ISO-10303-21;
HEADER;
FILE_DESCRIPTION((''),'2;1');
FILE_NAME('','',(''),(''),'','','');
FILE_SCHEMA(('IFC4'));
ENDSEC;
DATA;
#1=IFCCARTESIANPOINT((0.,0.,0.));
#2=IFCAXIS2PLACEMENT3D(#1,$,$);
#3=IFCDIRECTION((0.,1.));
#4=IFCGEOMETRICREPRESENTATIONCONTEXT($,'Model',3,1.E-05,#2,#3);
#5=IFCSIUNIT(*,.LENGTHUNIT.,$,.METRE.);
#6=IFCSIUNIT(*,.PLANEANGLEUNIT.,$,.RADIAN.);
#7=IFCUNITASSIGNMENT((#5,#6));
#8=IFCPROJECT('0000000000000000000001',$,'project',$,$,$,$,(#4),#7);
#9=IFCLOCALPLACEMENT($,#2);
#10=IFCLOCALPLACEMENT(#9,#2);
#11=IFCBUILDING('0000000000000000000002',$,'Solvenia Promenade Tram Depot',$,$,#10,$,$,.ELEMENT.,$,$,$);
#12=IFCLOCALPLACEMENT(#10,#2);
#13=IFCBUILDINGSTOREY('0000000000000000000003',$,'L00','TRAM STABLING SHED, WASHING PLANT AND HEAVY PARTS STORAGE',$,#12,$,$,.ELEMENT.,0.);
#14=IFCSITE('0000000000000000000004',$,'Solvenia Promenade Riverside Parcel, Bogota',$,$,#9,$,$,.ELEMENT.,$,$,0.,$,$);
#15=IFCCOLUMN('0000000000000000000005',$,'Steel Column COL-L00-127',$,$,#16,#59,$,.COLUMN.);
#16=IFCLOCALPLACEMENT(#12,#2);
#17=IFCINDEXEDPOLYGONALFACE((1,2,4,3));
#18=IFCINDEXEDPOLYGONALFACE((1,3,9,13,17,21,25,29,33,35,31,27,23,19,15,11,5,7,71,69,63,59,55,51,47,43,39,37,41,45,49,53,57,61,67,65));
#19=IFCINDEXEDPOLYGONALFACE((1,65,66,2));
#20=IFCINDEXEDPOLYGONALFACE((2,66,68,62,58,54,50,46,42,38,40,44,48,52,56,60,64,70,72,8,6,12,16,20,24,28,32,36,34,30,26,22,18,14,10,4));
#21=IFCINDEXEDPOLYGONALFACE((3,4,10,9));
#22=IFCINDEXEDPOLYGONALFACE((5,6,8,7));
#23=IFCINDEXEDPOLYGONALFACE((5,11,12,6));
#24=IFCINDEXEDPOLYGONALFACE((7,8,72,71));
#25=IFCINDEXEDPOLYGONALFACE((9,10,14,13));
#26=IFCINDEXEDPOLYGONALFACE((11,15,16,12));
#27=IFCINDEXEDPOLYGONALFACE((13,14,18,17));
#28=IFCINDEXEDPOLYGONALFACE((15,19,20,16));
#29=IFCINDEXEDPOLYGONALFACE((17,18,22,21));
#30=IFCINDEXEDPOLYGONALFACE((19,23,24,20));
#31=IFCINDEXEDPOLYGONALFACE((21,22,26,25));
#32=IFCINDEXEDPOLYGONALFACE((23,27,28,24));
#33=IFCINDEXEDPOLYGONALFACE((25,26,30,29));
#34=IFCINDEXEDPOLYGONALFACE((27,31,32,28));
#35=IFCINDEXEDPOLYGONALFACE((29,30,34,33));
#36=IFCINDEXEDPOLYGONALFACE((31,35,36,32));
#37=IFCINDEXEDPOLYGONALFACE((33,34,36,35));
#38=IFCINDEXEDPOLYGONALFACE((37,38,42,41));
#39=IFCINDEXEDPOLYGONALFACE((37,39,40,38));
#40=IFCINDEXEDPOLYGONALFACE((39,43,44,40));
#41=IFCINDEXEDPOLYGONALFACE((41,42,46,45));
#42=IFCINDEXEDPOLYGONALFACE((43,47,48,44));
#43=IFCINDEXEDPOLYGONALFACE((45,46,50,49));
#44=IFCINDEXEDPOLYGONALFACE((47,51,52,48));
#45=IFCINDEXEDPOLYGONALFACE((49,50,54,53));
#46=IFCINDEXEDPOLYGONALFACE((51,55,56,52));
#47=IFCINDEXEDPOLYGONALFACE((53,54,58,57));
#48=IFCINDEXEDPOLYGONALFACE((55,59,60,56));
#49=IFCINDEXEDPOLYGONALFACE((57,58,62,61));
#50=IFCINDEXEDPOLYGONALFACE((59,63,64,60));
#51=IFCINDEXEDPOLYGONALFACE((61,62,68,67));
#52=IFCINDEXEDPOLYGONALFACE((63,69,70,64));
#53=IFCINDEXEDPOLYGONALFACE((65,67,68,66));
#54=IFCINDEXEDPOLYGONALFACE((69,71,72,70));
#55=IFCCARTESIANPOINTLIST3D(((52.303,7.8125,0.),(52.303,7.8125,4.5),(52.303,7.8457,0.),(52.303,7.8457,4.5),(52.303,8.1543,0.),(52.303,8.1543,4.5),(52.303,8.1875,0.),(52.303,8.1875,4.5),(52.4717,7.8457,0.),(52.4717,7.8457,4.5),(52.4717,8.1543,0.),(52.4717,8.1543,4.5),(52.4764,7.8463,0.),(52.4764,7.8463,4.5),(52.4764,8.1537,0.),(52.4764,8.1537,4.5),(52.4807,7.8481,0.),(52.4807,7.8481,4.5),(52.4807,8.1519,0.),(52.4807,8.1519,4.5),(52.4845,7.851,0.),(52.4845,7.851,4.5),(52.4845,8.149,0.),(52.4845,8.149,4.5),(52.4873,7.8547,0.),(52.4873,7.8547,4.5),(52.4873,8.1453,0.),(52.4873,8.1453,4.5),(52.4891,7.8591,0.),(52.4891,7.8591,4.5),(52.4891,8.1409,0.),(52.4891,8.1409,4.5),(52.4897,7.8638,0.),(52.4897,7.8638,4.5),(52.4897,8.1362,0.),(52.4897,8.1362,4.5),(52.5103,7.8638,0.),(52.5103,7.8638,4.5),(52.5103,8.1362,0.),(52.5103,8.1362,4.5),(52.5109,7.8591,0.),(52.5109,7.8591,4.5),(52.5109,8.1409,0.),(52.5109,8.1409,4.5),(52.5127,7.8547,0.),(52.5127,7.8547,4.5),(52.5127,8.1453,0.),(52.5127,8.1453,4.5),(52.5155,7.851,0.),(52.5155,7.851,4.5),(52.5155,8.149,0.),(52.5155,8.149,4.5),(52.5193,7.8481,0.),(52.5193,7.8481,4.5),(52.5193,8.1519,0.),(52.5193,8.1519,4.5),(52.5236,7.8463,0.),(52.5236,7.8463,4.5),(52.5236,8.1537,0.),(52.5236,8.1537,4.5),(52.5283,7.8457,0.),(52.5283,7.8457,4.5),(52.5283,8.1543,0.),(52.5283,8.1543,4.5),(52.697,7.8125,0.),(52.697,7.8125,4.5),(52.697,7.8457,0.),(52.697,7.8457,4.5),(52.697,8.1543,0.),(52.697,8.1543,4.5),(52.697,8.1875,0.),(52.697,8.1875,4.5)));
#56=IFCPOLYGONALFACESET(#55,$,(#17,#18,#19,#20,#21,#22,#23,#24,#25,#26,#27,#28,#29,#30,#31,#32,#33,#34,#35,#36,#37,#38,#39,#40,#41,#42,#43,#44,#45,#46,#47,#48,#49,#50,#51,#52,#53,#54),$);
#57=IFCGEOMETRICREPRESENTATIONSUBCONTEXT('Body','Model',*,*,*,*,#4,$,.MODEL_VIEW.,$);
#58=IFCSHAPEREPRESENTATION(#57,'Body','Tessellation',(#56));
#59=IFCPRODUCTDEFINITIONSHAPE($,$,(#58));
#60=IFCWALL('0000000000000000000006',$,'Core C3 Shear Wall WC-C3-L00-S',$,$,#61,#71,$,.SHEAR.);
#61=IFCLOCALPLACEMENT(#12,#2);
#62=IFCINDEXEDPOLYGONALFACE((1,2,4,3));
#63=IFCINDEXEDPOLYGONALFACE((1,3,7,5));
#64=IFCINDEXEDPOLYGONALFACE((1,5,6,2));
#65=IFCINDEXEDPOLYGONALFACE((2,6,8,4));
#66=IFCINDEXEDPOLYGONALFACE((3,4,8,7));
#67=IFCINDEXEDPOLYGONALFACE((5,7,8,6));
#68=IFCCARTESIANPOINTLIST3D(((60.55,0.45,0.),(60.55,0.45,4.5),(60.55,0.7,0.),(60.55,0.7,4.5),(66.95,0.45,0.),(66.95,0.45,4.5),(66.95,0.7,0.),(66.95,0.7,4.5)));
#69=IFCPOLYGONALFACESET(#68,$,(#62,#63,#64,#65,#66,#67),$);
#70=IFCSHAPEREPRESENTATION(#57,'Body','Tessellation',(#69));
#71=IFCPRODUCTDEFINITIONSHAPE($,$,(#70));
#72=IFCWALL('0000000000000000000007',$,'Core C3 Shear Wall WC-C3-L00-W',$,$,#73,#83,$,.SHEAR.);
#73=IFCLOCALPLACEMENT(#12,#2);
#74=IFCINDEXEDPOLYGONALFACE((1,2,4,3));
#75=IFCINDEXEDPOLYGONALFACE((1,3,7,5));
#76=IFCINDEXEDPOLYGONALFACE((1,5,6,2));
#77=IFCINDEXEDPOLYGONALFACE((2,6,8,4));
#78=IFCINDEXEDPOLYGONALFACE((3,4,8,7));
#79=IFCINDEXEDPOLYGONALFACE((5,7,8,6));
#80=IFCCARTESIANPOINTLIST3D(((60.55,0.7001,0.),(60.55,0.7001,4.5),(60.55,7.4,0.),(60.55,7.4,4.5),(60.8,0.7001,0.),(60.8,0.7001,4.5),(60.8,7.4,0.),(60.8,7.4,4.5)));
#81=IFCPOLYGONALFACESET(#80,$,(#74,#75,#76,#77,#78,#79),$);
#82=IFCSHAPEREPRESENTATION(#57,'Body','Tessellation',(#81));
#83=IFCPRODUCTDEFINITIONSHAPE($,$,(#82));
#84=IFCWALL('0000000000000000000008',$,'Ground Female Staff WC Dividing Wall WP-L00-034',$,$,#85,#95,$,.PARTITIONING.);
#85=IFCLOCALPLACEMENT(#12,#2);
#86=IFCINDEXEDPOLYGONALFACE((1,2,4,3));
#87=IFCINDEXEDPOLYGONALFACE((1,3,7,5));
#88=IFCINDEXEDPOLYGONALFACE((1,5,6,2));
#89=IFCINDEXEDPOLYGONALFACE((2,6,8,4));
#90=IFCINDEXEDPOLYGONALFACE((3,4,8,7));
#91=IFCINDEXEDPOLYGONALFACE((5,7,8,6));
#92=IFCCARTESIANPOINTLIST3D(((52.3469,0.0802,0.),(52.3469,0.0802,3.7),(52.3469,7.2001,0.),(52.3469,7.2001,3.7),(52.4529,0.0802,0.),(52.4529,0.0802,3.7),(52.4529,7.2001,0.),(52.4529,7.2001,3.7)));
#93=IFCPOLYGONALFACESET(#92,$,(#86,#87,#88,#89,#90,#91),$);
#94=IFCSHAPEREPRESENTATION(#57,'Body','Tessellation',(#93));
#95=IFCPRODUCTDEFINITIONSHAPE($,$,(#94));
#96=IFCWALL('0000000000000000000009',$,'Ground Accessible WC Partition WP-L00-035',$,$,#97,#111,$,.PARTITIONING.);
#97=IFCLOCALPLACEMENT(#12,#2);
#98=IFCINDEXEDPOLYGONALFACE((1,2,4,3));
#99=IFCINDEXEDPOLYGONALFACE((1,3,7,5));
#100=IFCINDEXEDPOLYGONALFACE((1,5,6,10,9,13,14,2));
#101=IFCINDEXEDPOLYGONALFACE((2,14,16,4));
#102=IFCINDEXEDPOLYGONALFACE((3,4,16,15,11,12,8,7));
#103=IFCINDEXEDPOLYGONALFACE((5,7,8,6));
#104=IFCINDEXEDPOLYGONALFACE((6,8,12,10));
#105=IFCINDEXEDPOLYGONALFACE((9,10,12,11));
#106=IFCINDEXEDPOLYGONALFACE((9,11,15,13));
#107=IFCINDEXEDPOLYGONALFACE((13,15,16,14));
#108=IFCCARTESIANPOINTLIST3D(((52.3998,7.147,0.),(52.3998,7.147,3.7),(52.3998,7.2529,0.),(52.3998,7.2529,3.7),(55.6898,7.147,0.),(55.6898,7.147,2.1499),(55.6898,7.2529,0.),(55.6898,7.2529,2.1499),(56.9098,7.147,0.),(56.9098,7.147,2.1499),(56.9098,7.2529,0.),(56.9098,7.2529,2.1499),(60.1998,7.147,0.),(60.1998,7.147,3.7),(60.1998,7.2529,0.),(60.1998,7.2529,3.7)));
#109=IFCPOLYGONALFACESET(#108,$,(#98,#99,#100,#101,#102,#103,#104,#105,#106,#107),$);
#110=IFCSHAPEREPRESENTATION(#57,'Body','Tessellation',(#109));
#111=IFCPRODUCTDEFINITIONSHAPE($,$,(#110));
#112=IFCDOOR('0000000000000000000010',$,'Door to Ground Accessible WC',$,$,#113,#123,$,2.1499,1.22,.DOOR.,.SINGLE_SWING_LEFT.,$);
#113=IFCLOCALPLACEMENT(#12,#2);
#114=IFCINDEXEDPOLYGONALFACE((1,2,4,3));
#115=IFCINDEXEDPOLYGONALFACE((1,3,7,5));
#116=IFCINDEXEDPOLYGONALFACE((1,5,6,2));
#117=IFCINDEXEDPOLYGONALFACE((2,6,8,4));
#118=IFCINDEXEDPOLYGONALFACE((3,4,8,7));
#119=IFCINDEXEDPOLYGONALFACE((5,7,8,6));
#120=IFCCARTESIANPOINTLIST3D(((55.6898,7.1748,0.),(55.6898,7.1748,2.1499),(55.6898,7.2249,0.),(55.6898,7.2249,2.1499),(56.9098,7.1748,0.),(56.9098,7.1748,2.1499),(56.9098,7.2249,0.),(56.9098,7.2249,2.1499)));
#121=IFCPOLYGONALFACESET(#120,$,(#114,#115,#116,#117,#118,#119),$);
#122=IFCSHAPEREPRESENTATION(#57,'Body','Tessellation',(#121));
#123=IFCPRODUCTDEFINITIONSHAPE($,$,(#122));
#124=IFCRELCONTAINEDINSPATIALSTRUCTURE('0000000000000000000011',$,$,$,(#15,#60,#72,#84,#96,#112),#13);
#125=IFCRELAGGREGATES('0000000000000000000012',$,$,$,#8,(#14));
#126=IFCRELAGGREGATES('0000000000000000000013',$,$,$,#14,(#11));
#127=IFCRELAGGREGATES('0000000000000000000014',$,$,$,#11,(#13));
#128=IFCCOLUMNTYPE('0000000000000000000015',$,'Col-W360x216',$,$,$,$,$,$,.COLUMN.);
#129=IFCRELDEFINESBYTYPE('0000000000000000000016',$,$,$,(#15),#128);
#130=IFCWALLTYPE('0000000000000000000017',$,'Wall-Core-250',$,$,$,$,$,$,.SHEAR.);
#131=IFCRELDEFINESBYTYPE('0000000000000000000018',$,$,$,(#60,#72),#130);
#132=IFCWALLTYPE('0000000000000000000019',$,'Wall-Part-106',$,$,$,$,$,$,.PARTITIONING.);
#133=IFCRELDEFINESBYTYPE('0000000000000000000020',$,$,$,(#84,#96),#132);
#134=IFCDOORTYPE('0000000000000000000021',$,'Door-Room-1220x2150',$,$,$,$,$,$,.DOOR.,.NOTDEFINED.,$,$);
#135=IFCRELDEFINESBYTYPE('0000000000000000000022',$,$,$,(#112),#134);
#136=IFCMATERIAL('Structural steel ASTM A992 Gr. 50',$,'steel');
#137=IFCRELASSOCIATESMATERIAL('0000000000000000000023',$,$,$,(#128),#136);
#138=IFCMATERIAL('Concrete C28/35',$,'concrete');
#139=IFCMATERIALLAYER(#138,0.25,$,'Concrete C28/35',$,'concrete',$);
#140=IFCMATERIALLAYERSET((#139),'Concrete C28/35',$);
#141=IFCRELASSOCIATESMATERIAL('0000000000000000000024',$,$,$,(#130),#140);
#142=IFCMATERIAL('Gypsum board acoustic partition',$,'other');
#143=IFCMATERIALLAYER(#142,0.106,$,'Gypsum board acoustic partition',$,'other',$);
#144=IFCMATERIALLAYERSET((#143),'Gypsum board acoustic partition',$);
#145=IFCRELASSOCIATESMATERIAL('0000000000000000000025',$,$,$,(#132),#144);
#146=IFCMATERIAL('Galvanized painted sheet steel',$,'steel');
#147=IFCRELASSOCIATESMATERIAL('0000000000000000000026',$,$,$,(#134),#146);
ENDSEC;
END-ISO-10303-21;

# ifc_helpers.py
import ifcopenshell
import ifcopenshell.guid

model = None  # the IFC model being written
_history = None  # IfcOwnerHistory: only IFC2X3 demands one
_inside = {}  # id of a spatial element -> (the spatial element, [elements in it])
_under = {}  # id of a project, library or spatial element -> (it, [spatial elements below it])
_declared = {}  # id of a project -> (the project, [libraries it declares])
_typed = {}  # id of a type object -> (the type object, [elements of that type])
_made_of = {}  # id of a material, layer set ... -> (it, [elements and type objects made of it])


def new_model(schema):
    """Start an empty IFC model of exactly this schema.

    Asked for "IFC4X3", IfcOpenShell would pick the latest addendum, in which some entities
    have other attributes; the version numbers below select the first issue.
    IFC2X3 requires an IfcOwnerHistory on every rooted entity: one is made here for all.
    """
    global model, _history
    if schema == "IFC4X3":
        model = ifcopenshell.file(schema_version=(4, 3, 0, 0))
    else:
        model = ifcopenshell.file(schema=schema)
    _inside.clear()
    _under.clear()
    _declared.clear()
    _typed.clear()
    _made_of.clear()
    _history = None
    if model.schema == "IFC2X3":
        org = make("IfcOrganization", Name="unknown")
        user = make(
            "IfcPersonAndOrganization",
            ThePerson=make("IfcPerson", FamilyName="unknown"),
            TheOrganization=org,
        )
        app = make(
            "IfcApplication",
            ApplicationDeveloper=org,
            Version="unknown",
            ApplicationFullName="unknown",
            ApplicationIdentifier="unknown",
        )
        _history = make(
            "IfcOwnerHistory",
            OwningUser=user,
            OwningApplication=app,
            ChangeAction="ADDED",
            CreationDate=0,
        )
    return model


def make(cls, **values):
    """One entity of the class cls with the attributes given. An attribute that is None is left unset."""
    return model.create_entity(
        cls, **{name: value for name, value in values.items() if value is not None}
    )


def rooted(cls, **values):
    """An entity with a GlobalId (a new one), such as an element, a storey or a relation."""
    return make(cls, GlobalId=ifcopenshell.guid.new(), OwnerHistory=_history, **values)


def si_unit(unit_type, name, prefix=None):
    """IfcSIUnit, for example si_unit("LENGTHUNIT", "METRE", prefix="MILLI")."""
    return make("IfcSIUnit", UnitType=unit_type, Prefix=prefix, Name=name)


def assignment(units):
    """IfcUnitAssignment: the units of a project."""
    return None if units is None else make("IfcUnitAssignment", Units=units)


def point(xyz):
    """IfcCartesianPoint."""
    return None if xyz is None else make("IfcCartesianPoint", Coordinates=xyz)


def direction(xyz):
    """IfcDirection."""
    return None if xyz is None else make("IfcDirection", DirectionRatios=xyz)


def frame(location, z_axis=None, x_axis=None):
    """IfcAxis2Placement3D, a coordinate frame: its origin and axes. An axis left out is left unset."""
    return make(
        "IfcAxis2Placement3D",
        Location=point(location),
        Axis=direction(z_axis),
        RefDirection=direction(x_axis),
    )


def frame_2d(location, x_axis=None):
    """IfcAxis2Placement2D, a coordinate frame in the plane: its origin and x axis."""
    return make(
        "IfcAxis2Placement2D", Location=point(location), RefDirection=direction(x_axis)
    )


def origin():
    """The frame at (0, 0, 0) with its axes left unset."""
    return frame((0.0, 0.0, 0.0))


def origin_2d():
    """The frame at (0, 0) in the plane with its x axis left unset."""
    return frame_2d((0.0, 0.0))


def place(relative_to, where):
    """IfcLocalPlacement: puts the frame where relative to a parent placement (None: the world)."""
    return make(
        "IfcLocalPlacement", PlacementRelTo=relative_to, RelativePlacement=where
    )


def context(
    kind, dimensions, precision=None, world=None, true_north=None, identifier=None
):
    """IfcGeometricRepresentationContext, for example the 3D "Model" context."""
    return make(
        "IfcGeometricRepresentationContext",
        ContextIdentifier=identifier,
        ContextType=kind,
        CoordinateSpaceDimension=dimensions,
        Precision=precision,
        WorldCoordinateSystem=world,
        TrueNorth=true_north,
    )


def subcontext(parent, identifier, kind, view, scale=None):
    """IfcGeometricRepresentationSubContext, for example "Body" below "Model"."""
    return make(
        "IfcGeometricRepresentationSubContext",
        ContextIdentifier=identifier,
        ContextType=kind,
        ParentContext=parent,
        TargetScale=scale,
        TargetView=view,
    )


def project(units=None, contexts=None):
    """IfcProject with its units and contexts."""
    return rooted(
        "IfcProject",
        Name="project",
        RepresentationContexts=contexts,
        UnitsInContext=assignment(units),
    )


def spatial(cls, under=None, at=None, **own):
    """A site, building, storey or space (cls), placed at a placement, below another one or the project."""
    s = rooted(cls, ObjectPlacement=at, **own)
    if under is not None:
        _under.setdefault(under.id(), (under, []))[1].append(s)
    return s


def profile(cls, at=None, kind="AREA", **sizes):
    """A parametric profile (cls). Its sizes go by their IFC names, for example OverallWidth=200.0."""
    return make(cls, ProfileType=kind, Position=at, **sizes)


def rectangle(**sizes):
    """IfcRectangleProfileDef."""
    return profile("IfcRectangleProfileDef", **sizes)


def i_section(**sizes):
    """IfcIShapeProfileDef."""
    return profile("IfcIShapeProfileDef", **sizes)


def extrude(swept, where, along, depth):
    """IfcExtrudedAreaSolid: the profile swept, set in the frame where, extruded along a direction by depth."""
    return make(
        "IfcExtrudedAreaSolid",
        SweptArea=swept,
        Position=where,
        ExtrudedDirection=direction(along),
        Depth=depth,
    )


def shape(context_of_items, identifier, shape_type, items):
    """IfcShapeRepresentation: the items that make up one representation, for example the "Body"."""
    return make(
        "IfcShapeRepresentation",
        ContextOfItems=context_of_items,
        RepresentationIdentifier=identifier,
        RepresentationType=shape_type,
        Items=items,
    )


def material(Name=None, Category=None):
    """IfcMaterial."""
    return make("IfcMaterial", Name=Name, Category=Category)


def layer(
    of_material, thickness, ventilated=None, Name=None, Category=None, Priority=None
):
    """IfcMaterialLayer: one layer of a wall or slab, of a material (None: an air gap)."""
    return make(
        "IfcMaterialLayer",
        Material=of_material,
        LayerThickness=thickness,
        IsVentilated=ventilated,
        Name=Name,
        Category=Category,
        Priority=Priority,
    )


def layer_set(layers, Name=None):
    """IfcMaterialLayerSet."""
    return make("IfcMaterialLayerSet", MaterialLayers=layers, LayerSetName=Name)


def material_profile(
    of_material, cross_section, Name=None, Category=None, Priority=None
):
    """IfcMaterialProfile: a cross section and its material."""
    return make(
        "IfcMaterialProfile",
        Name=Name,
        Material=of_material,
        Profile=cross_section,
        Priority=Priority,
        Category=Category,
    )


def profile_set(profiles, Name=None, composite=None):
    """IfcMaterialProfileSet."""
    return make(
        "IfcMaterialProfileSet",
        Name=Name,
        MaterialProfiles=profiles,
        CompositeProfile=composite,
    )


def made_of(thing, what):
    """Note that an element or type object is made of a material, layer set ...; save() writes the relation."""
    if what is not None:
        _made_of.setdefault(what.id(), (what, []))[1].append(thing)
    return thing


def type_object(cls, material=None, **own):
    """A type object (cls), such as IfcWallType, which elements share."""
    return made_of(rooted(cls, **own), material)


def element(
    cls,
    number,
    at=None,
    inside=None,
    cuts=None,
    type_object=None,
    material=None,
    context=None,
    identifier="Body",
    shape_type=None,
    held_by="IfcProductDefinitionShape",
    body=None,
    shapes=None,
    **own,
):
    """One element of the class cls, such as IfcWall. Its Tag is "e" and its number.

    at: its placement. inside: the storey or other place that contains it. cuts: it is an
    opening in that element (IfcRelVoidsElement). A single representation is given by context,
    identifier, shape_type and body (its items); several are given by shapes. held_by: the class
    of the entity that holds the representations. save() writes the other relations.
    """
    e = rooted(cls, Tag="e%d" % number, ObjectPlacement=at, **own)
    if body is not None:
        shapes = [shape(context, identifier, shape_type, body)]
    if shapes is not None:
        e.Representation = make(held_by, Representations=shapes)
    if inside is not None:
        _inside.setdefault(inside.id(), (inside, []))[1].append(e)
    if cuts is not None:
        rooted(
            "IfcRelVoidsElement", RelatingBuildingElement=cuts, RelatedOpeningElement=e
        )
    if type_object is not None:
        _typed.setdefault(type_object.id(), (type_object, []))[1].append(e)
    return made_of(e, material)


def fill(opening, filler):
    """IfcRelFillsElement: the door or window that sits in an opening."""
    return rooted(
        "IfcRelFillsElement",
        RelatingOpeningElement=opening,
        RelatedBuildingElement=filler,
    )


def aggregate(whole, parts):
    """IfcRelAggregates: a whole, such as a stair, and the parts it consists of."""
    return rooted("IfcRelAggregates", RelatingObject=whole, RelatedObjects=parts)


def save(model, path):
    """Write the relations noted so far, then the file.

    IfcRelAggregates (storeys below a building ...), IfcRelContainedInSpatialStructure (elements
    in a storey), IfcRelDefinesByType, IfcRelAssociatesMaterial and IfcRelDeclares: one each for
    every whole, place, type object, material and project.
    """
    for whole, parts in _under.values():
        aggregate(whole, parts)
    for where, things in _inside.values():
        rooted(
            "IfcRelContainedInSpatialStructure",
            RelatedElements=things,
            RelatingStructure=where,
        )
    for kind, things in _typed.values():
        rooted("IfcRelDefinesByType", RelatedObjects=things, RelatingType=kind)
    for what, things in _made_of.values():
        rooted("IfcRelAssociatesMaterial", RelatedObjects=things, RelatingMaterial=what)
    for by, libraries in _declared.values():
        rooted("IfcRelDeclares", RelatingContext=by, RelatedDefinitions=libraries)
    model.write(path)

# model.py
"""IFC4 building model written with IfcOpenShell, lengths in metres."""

from ifc_helpers import new_model, si_unit, direction, frame, frame_2d, origin, origin_2d, place, context, subcontext, project, spatial, rectangle, i_section, extrude, material, layer, layer_set, material_profile, profile_set, type_object, element, fill, save


model = new_model("IFC4")

# Units and contexts
model_context = context("Model", 3, precision=1e-05, world=origin(), true_north=direction((0.0, 1.0)))
body_context = subcontext(model_context, "Body", "Model", "MODEL_VIEW")
ifc_project = project(units=[si_unit("LENGTHUNIT", "METRE"), si_unit("PLANEANGLEUNIT", "RADIAN")], contexts=[model_context])

# Site, building, storey
site_placement = place(None, origin())
site = spatial("IfcSite", under=ifc_project, at=site_placement, Name="Solvenia Promenade Riverside Parcel, Bogota", CompositionType="ELEMENT", RefElevation=0.0)
building_placement = place(site_placement, origin())
building = spatial("IfcBuilding", under=site, at=building_placement, Name="Solvenia Promenade Tram Depot", CompositionType="ELEMENT")
storey_placement = place(building_placement, origin())
storey = spatial("IfcBuildingStorey", under=building, at=storey_placement, Name="L00", Description="TRAM STABLING SHED, WASHING PLANT AND HEAVY PARTS STORAGE", CompositionType="ELEMENT", Elevation=0.0)

# Shared definitions
ifc_material_1 = material(Name="Concrete C28/35", Category="concrete")

# Column
ifc_material_2 = material(Name="Structural steel ASTM A992 Gr. 50", Category="steel")
ifc_material_profile_1 = material_profile(ifc_material_2, i_section(OverallWidth=0.394, OverallDepth=0.375, WebThickness=0.0205, FlangeThickness=0.0332, FilletRadius=0.0181, at=origin_2d()), Name="W360x216", Category="steel")
ifc_profile_set_1 = profile_set([ifc_material_profile_1], Name="Structural steel ASTM A992 Gr. 50")
column_type_1 = type_object("IfcColumnType", Name="Col-W360x216", PredefinedType="COLUMN", material=ifc_profile_set_1)
column_1_placement = place(storey_placement, frame((52.5, 8.0, 0.0), z_axis=(0.0, 0.0, 1.0), x_axis=(1.0, 0.0, 0.0)))
element("IfcColumn", 1, at=column_1_placement, inside=storey, type_object=column_type_1, Name="Steel Column COL-L00-127", PredefinedType="COLUMN", context=body_context, shape_type="SweptSolid", body=[
    extrude(i_section(OverallWidth=0.394, OverallDepth=0.375, WebThickness=0.0205, FlangeThickness=0.0332, FilletRadius=0.0181, at=origin_2d()), origin(), (0.0, 0.0, 1.0), 4.5),
])

# Wall
ifc_layer_1 = layer(ifc_material_1, 0.25, Name="Concrete C28/35", Category="concrete")
ifc_layer_set_1 = layer_set([ifc_layer_1], Name="Concrete C28/35")
wall_type_1 = type_object("IfcWallType", Name="Wall-Core-250", PredefinedType="SHEAR", material=ifc_layer_set_1)
wall_1_placement = place(storey_placement, frame((60.55, 0.575, 0.0), z_axis=(0.0, 0.0, 1.0), x_axis=(1.0, 0.0, 0.0)))
element("IfcWall", 2, at=wall_1_placement, inside=storey, type_object=wall_type_1, Name="Core C3 Shear Wall WC-C3-L00-S", PredefinedType="SHEAR", context=body_context, shape_type="SweptSolid", body=[
    extrude(rectangle(XDim=6.3999, YDim=0.25, at=frame_2d((3.2, 0.0))), origin(), (0.0, 0.0, 1.0), 4.5),
])

# Shared definitions
ifc_material_3 = material(Name="Galvanized painted sheet steel", Category="steel")

# Walls
wall_2_placement = place(storey_placement, frame((60.675, 0.7, 0.0), z_axis=(0.0, 0.0, 1.0), x_axis=(0.0, 1.0, 0.0)))
element("IfcWall", 3, at=wall_2_placement, inside=storey, type_object=wall_type_1, Name="Core C3 Shear Wall WC-C3-L00-W", PredefinedType="SHEAR", context=body_context, shape_type="SweptSolid", body=[
    extrude(rectangle(XDim=6.7, YDim=0.25, at=frame_2d((3.3501, 0.0))), origin(), (0.0, 0.0, 1.0), 4.5),
])
ifc_material_4 = material(Name="Gypsum board acoustic partition", Category="other")
ifc_layer_2 = layer(ifc_material_4, 0.106, Name="Gypsum board acoustic partition", Category="other")
ifc_layer_set_2 = layer_set([ifc_layer_2], Name="Gypsum board acoustic partition")
wall_type_2 = type_object("IfcWallType", Name="Wall-Part-106", PredefinedType="PARTITIONING", material=ifc_layer_set_2)
wall_3_placement = place(storey_placement, frame((52.3999, 0.0801, 0.0), z_axis=(0.0, 0.0, 1.0), x_axis=(0.0, 1.0, 0.0)))
element("IfcWall", 4, at=wall_3_placement, inside=storey, type_object=wall_type_2, Name="Ground Female Staff WC Dividing Wall WP-L00-034", PredefinedType="PARTITIONING", context=body_context, shape_type="SweptSolid", body=[
    extrude(rectangle(XDim=7.1199, YDim=0.106, at=frame_2d((3.5601, 0.0))), origin(), (0.0, 0.0, 1.0), 3.7),
])

# Wall, opening, door
wall_4_placement = place(storey_placement, frame((52.3999, 7.2, 0.0), z_axis=(0.0, 0.0, 1.0), x_axis=(1.0, 0.0, 0.0)))
wall_4 = element("IfcWall", 5, at=wall_4_placement, inside=storey, type_object=wall_type_2, Name="Ground Accessible WC Partition WP-L00-035", PredefinedType="PARTITIONING", context=body_context, shape_type="SweptSolid", body=[
    extrude(rectangle(XDim=7.8, YDim=0.106, at=frame_2d((3.8999, 0.0))), origin(), (0.0, 0.0, 1.0), 3.7),
])
opening_1_placement = place(wall_4_placement, frame((3.29, 0.0, 0.0)))
opening_1 = element("IfcOpeningElement", 6, at=opening_1_placement, cuts=wall_4, PredefinedType="OPENING", context=body_context, shape_type="SweptSolid", body=[
    extrude(rectangle(XDim=1.22, YDim=2.1499, at=frame_2d((0.6099, 1.075))), frame((0.0, 0.063, 0.0), z_axis=(0.0, -1.0, 0.0), x_axis=(1.0, 0.0, 0.0)), (0.0, 0.0, 1.0), 0.126),
])
door_type_1 = type_object("IfcDoorType", Name="Door-Room-1220x2150", OperationType="NOTDEFINED", PredefinedType="DOOR", material=ifc_material_3)
door_1_placement = place(opening_1_placement, origin())
door_1 = element("IfcDoor", 7, at=door_1_placement, inside=storey, type_object=door_type_1, Name="Door to Ground Accessible WC", OperationType="SINGLE_SWING_LEFT", OverallHeight=2.1499, OverallWidth=1.22, PredefinedType="DOOR", context=body_context, shape_type="SweptSolid", body=[
    extrude(rectangle(XDim=1.22, YDim=2.1499, at=frame_2d((0.6099, 1.075))), frame((0.0, 0.0249, 0.0), z_axis=(0.0, -1.0, 0.0), x_axis=(1.0, 0.0, 0.0)), (0.0, 0.0, 1.0), 0.05),
])
fill(opening_1, door_1)

save(model, "model.ifc")
